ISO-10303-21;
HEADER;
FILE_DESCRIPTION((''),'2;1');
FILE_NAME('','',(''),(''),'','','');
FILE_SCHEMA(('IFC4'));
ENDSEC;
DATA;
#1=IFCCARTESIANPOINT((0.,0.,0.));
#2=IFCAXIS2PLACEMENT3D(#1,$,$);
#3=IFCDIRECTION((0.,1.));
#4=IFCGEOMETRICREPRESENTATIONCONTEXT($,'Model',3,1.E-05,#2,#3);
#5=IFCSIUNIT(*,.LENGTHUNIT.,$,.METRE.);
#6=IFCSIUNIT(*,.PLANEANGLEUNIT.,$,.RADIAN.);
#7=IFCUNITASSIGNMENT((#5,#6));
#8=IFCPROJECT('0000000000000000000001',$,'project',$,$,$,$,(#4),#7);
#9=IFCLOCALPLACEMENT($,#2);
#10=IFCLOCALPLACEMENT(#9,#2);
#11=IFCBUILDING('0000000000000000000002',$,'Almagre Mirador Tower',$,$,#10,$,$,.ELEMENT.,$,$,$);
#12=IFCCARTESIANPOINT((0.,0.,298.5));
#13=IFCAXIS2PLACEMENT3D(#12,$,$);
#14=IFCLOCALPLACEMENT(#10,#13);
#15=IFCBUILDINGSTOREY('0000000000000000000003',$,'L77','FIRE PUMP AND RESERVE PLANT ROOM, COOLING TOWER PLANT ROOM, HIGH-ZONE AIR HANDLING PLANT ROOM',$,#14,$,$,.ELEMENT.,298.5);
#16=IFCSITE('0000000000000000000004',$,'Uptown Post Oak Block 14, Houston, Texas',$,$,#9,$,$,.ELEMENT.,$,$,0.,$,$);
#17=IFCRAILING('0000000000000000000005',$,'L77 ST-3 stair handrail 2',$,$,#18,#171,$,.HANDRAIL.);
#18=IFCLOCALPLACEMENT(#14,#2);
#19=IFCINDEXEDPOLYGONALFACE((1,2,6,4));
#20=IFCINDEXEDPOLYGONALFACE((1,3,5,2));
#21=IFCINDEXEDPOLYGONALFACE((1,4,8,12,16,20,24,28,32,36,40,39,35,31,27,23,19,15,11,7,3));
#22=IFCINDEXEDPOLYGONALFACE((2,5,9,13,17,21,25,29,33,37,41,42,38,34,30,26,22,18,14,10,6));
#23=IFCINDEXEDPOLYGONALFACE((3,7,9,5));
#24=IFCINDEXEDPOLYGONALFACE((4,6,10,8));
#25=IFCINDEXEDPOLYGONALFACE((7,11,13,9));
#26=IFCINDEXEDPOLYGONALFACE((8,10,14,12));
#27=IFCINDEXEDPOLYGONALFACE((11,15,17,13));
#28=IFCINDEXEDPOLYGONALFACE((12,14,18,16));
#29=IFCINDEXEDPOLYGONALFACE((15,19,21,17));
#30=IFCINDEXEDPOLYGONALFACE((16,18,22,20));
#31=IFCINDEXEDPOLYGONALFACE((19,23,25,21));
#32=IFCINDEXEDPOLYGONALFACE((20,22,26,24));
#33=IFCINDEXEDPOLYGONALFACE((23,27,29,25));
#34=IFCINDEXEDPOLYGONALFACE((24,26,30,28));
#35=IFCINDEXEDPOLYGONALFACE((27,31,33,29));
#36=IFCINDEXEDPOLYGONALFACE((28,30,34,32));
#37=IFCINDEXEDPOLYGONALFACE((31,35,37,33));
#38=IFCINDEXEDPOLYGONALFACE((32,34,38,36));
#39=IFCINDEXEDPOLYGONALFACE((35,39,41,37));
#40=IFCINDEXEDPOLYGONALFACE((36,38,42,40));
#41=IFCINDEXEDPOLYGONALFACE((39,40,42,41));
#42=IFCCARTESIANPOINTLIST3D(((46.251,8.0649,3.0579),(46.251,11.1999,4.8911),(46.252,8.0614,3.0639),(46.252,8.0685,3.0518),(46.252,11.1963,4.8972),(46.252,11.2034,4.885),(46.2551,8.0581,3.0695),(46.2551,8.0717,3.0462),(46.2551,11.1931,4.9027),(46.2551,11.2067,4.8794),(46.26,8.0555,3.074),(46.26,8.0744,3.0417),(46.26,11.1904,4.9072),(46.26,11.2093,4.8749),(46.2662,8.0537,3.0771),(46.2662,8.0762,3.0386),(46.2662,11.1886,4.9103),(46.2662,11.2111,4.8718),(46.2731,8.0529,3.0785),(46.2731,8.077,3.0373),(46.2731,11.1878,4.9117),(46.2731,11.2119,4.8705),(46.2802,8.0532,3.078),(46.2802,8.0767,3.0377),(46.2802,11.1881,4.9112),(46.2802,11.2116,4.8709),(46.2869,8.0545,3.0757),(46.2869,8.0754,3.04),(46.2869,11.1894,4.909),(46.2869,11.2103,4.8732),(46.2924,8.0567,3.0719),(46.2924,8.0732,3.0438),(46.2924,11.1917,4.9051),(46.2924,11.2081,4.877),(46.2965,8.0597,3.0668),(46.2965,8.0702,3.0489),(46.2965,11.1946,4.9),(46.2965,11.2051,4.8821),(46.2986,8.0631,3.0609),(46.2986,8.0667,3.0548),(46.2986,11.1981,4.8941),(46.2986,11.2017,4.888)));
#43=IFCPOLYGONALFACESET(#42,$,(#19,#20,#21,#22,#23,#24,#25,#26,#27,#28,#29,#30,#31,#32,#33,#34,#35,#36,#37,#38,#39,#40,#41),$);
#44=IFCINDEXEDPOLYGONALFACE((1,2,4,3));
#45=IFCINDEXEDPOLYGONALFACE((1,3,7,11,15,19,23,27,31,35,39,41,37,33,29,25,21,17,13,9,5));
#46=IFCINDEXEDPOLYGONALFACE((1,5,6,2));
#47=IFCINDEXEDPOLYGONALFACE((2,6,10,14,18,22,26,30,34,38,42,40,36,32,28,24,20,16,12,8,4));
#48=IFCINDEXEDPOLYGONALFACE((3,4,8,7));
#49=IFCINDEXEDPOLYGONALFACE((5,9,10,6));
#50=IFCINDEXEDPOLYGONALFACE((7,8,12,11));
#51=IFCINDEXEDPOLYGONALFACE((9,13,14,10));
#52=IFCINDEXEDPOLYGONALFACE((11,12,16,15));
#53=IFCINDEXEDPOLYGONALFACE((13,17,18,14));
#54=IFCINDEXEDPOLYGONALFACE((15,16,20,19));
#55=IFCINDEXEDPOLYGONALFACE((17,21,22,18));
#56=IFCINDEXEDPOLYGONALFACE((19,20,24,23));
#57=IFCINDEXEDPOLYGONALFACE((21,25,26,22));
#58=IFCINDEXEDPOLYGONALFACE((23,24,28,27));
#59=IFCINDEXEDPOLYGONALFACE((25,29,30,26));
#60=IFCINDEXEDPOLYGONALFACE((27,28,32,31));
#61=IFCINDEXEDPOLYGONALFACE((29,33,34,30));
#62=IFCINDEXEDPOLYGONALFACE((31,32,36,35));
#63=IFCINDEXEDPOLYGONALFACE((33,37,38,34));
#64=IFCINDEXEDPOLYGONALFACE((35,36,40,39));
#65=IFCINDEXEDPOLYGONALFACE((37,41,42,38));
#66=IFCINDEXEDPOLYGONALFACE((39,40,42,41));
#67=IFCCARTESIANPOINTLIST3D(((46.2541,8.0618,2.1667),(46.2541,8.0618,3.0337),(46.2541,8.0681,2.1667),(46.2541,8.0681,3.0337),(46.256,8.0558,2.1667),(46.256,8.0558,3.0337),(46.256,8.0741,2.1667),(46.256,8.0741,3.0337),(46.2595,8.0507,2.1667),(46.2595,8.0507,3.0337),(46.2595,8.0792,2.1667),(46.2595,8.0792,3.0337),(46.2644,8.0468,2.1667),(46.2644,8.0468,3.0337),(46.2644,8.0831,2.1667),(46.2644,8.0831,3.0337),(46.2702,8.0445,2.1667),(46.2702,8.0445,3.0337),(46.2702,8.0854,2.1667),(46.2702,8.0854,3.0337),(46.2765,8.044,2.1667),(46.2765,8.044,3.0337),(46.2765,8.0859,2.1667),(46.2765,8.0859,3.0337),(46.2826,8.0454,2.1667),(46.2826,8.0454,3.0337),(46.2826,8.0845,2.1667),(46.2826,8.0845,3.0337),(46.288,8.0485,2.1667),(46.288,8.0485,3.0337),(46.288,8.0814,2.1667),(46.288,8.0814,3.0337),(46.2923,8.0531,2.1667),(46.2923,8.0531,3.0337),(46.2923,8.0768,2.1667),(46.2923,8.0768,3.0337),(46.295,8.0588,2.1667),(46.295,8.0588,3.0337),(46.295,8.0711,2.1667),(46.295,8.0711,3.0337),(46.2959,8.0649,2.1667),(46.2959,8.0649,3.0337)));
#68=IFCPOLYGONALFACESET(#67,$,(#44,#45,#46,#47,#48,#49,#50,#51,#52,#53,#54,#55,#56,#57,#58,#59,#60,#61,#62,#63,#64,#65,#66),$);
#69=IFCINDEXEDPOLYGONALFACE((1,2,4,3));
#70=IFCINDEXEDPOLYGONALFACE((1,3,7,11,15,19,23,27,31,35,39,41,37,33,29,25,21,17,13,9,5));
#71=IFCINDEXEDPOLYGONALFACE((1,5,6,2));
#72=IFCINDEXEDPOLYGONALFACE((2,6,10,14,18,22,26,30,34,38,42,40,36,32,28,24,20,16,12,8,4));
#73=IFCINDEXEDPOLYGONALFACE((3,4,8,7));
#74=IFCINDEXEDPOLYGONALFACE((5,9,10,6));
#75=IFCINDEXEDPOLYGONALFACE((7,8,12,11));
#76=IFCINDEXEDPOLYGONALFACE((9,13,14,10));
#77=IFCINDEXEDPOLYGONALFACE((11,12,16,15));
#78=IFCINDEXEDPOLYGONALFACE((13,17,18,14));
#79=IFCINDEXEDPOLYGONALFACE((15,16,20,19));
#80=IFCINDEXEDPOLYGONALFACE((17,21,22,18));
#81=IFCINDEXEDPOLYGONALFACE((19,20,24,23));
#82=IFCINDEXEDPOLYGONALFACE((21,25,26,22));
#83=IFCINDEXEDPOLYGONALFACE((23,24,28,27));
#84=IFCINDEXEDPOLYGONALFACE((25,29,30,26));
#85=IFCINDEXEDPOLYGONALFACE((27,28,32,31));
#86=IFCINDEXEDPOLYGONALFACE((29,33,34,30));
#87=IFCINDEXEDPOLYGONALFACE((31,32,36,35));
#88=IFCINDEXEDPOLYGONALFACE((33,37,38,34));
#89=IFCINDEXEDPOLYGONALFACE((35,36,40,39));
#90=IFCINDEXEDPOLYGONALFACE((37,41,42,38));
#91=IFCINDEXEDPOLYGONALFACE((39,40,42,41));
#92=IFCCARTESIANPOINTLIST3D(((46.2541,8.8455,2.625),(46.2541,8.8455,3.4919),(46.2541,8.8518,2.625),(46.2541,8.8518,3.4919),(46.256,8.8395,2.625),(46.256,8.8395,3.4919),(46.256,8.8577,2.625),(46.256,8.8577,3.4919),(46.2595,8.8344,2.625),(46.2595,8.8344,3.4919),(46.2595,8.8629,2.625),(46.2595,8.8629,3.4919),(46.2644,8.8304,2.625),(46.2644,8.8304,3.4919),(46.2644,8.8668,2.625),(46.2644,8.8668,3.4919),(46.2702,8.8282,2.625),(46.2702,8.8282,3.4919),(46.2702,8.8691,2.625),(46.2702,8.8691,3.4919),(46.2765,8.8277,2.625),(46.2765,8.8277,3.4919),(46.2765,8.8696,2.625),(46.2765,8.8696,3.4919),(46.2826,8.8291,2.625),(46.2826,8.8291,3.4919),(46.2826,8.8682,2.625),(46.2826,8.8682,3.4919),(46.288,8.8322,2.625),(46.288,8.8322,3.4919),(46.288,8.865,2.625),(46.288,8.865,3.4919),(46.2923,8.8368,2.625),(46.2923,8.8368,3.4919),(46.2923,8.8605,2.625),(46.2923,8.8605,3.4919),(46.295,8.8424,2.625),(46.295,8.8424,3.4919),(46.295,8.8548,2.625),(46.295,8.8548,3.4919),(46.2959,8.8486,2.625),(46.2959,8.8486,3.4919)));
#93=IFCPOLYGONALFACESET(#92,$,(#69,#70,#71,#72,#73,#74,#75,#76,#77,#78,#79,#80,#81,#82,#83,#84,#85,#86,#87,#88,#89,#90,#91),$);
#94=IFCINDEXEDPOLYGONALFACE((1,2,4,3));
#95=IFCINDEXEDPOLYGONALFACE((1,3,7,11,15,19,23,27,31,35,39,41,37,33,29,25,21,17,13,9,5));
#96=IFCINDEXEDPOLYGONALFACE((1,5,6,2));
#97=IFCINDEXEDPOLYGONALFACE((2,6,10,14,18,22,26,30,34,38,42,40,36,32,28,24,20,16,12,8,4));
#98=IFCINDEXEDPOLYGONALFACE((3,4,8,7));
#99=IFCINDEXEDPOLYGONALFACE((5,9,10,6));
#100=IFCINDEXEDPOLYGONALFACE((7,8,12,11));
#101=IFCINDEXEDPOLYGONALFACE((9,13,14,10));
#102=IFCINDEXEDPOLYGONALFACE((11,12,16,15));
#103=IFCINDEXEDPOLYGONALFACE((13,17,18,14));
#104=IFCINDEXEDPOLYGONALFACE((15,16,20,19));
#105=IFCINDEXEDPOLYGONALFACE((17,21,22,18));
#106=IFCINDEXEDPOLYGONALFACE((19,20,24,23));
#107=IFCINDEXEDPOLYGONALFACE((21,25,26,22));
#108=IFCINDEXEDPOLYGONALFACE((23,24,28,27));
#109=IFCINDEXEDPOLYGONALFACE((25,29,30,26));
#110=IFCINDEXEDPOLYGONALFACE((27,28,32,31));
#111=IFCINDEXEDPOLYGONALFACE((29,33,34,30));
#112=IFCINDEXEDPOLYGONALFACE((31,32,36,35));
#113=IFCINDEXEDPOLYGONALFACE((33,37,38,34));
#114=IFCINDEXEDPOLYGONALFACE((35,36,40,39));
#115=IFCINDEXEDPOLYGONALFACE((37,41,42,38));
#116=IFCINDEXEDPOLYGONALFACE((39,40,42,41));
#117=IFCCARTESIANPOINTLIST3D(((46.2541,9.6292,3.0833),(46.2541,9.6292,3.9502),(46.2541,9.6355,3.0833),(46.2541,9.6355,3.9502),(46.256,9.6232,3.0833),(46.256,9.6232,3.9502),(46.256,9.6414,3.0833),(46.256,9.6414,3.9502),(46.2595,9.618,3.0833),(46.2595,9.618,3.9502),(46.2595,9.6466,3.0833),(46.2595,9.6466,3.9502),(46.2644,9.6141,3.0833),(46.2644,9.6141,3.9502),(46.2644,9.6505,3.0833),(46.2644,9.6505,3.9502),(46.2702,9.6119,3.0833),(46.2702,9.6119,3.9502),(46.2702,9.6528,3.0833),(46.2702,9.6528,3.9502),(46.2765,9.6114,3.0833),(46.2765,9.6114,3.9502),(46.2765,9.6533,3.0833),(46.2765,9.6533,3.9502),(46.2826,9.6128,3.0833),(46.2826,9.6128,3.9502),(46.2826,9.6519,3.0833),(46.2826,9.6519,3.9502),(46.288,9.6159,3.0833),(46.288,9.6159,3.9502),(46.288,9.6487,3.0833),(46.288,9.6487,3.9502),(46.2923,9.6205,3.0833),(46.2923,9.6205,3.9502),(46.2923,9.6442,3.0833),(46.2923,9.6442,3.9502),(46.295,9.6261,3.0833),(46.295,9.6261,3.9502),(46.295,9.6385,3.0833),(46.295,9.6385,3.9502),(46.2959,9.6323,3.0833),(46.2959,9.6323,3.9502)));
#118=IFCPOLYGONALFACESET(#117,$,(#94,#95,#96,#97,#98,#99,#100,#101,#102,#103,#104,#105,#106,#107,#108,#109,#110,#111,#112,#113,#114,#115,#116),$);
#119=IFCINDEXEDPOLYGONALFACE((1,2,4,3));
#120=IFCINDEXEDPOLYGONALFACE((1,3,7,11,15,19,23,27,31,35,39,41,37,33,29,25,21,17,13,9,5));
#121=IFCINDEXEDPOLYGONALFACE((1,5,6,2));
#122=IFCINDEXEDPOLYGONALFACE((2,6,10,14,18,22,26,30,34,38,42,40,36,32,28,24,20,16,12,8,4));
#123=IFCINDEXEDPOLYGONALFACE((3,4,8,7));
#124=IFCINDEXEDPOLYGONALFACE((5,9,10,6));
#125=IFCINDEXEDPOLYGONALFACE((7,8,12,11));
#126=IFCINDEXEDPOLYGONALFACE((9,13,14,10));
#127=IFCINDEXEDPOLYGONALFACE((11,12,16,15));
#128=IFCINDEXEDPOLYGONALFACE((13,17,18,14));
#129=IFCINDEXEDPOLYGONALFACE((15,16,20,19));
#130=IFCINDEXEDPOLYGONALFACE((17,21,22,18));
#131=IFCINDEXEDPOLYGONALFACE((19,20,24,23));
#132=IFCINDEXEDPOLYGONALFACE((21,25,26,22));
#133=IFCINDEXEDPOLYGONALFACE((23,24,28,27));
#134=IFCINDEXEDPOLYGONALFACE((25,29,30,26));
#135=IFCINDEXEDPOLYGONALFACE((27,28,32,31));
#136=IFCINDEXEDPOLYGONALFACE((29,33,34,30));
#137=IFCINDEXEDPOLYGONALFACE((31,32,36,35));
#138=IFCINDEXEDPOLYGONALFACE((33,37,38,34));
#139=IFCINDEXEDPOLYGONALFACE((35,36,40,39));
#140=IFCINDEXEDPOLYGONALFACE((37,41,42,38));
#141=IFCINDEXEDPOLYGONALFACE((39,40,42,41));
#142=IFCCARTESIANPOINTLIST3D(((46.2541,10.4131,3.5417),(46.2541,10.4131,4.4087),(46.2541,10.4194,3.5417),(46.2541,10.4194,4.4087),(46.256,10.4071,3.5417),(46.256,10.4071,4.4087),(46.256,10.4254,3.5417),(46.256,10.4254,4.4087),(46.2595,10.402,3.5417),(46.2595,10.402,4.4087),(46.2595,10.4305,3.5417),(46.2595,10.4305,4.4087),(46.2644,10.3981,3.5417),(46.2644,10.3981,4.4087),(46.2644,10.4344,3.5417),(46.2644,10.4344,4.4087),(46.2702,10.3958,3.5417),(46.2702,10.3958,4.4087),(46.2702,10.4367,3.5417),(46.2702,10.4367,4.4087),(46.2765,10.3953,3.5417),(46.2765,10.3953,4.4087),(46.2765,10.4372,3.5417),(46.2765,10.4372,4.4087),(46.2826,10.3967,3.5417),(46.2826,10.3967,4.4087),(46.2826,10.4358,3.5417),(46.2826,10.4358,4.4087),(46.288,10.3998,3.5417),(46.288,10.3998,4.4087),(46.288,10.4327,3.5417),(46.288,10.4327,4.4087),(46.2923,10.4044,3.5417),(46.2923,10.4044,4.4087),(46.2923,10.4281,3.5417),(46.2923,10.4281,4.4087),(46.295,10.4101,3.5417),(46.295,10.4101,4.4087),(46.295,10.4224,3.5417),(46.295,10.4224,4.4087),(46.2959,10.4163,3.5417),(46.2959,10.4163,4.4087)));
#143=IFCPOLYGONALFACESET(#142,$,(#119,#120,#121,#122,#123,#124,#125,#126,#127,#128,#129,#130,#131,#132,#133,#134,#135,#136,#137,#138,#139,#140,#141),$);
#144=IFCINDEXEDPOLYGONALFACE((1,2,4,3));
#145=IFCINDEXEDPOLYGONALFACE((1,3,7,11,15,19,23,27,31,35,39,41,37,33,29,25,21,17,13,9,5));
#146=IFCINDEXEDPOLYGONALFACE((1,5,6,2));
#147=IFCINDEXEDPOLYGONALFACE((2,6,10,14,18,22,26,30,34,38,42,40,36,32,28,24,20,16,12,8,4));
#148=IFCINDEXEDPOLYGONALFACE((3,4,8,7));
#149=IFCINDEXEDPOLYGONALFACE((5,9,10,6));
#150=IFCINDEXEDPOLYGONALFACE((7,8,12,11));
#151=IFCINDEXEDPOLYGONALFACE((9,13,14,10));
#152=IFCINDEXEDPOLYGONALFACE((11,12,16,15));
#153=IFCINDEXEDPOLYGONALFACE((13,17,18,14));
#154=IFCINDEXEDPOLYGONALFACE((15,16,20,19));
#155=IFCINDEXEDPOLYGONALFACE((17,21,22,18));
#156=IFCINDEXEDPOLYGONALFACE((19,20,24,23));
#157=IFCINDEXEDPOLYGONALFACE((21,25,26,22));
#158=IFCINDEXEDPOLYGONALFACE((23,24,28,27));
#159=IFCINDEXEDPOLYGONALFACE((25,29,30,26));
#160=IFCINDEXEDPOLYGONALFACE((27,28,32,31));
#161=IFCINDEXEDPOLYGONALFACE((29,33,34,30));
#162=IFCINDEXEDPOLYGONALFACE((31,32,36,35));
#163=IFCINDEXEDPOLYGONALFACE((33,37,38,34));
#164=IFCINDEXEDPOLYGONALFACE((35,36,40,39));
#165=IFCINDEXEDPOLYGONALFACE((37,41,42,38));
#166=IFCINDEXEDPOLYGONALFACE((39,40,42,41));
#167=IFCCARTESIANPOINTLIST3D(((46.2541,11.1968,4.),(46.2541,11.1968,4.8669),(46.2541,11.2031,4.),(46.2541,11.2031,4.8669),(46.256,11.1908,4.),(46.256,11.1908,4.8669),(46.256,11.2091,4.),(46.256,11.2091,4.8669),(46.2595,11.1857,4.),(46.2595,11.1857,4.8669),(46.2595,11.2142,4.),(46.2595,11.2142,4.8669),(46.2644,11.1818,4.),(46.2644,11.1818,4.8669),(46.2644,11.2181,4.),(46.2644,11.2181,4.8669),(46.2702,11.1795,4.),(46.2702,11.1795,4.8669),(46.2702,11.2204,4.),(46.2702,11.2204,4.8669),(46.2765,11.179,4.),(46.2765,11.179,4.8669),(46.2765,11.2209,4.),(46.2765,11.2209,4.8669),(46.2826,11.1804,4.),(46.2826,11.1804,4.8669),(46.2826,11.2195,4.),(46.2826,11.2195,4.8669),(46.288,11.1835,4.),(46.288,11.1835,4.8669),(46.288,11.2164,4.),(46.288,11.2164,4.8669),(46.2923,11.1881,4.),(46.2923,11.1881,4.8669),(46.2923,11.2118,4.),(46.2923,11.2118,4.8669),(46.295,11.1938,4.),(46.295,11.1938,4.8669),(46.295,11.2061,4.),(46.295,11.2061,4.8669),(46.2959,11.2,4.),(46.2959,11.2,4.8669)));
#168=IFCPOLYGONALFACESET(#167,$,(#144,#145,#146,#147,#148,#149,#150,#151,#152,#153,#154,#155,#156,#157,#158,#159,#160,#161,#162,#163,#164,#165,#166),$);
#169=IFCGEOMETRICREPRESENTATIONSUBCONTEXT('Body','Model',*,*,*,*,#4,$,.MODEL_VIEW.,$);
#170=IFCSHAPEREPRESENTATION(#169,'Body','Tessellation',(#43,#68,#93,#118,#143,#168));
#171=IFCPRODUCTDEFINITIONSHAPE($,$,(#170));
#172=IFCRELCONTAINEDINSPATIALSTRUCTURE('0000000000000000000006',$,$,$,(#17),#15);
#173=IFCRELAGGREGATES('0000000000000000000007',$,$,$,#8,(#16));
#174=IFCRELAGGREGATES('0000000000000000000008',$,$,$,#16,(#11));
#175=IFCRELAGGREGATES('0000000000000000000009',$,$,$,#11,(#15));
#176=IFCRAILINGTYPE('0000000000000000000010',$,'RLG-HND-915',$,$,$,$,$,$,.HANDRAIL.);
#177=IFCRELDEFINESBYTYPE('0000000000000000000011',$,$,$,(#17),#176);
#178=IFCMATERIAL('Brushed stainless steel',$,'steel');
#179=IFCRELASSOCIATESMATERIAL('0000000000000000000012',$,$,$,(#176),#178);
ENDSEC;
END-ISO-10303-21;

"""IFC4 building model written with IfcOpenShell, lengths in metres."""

from ifc_helpers import new_model, si_unit, direction, frame, origin, origin_2d, place, context, subcontext, project, spatial, circle, extrude, material, type_object, element, save


model = new_model("IFC4")

# Units and contexts
model_context = context("Model", 3, precision=1e-05, world=origin(), true_north=direction((0.0, 1.0)))
body_context = subcontext(model_context, "Body", "Model", "MODEL_VIEW")
ifc_project = project(units=[si_unit("LENGTHUNIT", "METRE"), si_unit("PLANEANGLEUNIT", "RADIAN")], contexts=[model_context])

# Site, building, storey
site_placement = place(None, origin())
site = spatial("IfcSite", under=ifc_project, at=site_placement, Name="Uptown Post Oak Block 14, Houston, Texas", CompositionType="ELEMENT", RefElevation=0.0)
building_placement = place(site_placement, origin())
building = spatial("IfcBuilding", under=site, at=building_placement, Name="Almagre Mirador Tower", CompositionType="ELEMENT")
storey_placement = place(building_placement, frame((0.0, 0.0, 298.5)))
storey = spatial("IfcBuildingStorey", under=building, at=storey_placement, Name="L77", Description="FIRE PUMP AND RESERVE PLANT ROOM, COOLING TOWER PLANT ROOM, HIGH-ZONE AIR HANDLING PLANT ROOM", CompositionType="ELEMENT", Elevation=298.5)

# Railing
ifc_material_1 = material(Name="Brushed stainless steel", Category="steel")
railing_type_1 = type_object("IfcRailingType", Name="RLG-HND-915", PredefinedType="HANDRAIL", material=ifc_material_1)
for number, where, name in (
    (1, (46.2749, 8.0649, 2.1667), "L77 ST-3 stair handrail 2"),
):
    element("IfcRailing", number, at=place(storey_placement, frame(where)), inside=storey, type_object=railing_type_1, Name=name, PredefinedType="HANDRAIL", context=body_context, shape_type="SweptSolid", body=[
        extrude(circle(Radius=0.0239, at=origin_2d()), frame((0.0, 0.0, 0.8911), z_axis=(0.0, 0.86324, 0.504794), x_axis=(-1.0, 0.0, 0.0)), (0.0, 0.0, 1.0), 3.6316),
        extrude(circle(Radius=0.021, at=origin_2d()), origin(), (0.0, 0.0, 1.0), 0.8669),
        extrude(circle(Radius=0.021, at=origin_2d()), frame((0.0, 0.7837, 0.4583)), (0.0, 0.0, 1.0), 0.8669),
        extrude(circle(Radius=0.021, at=origin_2d()), frame((0.0, 1.5674, 0.9165)), (0.0, 0.0, 1.0), 0.8669),
        extrude(circle(Radius=0.021, at=origin_2d()), frame((0.0, 2.3513, 1.375)), (0.0, 0.0, 1.0), 0.8669),
        extrude(circle(Radius=0.021, at=origin_2d()), frame((0.0, 3.135, 1.8333)), (0.0, 0.0, 1.0), 0.8669),
    ])

save(model, "model.ifc")
